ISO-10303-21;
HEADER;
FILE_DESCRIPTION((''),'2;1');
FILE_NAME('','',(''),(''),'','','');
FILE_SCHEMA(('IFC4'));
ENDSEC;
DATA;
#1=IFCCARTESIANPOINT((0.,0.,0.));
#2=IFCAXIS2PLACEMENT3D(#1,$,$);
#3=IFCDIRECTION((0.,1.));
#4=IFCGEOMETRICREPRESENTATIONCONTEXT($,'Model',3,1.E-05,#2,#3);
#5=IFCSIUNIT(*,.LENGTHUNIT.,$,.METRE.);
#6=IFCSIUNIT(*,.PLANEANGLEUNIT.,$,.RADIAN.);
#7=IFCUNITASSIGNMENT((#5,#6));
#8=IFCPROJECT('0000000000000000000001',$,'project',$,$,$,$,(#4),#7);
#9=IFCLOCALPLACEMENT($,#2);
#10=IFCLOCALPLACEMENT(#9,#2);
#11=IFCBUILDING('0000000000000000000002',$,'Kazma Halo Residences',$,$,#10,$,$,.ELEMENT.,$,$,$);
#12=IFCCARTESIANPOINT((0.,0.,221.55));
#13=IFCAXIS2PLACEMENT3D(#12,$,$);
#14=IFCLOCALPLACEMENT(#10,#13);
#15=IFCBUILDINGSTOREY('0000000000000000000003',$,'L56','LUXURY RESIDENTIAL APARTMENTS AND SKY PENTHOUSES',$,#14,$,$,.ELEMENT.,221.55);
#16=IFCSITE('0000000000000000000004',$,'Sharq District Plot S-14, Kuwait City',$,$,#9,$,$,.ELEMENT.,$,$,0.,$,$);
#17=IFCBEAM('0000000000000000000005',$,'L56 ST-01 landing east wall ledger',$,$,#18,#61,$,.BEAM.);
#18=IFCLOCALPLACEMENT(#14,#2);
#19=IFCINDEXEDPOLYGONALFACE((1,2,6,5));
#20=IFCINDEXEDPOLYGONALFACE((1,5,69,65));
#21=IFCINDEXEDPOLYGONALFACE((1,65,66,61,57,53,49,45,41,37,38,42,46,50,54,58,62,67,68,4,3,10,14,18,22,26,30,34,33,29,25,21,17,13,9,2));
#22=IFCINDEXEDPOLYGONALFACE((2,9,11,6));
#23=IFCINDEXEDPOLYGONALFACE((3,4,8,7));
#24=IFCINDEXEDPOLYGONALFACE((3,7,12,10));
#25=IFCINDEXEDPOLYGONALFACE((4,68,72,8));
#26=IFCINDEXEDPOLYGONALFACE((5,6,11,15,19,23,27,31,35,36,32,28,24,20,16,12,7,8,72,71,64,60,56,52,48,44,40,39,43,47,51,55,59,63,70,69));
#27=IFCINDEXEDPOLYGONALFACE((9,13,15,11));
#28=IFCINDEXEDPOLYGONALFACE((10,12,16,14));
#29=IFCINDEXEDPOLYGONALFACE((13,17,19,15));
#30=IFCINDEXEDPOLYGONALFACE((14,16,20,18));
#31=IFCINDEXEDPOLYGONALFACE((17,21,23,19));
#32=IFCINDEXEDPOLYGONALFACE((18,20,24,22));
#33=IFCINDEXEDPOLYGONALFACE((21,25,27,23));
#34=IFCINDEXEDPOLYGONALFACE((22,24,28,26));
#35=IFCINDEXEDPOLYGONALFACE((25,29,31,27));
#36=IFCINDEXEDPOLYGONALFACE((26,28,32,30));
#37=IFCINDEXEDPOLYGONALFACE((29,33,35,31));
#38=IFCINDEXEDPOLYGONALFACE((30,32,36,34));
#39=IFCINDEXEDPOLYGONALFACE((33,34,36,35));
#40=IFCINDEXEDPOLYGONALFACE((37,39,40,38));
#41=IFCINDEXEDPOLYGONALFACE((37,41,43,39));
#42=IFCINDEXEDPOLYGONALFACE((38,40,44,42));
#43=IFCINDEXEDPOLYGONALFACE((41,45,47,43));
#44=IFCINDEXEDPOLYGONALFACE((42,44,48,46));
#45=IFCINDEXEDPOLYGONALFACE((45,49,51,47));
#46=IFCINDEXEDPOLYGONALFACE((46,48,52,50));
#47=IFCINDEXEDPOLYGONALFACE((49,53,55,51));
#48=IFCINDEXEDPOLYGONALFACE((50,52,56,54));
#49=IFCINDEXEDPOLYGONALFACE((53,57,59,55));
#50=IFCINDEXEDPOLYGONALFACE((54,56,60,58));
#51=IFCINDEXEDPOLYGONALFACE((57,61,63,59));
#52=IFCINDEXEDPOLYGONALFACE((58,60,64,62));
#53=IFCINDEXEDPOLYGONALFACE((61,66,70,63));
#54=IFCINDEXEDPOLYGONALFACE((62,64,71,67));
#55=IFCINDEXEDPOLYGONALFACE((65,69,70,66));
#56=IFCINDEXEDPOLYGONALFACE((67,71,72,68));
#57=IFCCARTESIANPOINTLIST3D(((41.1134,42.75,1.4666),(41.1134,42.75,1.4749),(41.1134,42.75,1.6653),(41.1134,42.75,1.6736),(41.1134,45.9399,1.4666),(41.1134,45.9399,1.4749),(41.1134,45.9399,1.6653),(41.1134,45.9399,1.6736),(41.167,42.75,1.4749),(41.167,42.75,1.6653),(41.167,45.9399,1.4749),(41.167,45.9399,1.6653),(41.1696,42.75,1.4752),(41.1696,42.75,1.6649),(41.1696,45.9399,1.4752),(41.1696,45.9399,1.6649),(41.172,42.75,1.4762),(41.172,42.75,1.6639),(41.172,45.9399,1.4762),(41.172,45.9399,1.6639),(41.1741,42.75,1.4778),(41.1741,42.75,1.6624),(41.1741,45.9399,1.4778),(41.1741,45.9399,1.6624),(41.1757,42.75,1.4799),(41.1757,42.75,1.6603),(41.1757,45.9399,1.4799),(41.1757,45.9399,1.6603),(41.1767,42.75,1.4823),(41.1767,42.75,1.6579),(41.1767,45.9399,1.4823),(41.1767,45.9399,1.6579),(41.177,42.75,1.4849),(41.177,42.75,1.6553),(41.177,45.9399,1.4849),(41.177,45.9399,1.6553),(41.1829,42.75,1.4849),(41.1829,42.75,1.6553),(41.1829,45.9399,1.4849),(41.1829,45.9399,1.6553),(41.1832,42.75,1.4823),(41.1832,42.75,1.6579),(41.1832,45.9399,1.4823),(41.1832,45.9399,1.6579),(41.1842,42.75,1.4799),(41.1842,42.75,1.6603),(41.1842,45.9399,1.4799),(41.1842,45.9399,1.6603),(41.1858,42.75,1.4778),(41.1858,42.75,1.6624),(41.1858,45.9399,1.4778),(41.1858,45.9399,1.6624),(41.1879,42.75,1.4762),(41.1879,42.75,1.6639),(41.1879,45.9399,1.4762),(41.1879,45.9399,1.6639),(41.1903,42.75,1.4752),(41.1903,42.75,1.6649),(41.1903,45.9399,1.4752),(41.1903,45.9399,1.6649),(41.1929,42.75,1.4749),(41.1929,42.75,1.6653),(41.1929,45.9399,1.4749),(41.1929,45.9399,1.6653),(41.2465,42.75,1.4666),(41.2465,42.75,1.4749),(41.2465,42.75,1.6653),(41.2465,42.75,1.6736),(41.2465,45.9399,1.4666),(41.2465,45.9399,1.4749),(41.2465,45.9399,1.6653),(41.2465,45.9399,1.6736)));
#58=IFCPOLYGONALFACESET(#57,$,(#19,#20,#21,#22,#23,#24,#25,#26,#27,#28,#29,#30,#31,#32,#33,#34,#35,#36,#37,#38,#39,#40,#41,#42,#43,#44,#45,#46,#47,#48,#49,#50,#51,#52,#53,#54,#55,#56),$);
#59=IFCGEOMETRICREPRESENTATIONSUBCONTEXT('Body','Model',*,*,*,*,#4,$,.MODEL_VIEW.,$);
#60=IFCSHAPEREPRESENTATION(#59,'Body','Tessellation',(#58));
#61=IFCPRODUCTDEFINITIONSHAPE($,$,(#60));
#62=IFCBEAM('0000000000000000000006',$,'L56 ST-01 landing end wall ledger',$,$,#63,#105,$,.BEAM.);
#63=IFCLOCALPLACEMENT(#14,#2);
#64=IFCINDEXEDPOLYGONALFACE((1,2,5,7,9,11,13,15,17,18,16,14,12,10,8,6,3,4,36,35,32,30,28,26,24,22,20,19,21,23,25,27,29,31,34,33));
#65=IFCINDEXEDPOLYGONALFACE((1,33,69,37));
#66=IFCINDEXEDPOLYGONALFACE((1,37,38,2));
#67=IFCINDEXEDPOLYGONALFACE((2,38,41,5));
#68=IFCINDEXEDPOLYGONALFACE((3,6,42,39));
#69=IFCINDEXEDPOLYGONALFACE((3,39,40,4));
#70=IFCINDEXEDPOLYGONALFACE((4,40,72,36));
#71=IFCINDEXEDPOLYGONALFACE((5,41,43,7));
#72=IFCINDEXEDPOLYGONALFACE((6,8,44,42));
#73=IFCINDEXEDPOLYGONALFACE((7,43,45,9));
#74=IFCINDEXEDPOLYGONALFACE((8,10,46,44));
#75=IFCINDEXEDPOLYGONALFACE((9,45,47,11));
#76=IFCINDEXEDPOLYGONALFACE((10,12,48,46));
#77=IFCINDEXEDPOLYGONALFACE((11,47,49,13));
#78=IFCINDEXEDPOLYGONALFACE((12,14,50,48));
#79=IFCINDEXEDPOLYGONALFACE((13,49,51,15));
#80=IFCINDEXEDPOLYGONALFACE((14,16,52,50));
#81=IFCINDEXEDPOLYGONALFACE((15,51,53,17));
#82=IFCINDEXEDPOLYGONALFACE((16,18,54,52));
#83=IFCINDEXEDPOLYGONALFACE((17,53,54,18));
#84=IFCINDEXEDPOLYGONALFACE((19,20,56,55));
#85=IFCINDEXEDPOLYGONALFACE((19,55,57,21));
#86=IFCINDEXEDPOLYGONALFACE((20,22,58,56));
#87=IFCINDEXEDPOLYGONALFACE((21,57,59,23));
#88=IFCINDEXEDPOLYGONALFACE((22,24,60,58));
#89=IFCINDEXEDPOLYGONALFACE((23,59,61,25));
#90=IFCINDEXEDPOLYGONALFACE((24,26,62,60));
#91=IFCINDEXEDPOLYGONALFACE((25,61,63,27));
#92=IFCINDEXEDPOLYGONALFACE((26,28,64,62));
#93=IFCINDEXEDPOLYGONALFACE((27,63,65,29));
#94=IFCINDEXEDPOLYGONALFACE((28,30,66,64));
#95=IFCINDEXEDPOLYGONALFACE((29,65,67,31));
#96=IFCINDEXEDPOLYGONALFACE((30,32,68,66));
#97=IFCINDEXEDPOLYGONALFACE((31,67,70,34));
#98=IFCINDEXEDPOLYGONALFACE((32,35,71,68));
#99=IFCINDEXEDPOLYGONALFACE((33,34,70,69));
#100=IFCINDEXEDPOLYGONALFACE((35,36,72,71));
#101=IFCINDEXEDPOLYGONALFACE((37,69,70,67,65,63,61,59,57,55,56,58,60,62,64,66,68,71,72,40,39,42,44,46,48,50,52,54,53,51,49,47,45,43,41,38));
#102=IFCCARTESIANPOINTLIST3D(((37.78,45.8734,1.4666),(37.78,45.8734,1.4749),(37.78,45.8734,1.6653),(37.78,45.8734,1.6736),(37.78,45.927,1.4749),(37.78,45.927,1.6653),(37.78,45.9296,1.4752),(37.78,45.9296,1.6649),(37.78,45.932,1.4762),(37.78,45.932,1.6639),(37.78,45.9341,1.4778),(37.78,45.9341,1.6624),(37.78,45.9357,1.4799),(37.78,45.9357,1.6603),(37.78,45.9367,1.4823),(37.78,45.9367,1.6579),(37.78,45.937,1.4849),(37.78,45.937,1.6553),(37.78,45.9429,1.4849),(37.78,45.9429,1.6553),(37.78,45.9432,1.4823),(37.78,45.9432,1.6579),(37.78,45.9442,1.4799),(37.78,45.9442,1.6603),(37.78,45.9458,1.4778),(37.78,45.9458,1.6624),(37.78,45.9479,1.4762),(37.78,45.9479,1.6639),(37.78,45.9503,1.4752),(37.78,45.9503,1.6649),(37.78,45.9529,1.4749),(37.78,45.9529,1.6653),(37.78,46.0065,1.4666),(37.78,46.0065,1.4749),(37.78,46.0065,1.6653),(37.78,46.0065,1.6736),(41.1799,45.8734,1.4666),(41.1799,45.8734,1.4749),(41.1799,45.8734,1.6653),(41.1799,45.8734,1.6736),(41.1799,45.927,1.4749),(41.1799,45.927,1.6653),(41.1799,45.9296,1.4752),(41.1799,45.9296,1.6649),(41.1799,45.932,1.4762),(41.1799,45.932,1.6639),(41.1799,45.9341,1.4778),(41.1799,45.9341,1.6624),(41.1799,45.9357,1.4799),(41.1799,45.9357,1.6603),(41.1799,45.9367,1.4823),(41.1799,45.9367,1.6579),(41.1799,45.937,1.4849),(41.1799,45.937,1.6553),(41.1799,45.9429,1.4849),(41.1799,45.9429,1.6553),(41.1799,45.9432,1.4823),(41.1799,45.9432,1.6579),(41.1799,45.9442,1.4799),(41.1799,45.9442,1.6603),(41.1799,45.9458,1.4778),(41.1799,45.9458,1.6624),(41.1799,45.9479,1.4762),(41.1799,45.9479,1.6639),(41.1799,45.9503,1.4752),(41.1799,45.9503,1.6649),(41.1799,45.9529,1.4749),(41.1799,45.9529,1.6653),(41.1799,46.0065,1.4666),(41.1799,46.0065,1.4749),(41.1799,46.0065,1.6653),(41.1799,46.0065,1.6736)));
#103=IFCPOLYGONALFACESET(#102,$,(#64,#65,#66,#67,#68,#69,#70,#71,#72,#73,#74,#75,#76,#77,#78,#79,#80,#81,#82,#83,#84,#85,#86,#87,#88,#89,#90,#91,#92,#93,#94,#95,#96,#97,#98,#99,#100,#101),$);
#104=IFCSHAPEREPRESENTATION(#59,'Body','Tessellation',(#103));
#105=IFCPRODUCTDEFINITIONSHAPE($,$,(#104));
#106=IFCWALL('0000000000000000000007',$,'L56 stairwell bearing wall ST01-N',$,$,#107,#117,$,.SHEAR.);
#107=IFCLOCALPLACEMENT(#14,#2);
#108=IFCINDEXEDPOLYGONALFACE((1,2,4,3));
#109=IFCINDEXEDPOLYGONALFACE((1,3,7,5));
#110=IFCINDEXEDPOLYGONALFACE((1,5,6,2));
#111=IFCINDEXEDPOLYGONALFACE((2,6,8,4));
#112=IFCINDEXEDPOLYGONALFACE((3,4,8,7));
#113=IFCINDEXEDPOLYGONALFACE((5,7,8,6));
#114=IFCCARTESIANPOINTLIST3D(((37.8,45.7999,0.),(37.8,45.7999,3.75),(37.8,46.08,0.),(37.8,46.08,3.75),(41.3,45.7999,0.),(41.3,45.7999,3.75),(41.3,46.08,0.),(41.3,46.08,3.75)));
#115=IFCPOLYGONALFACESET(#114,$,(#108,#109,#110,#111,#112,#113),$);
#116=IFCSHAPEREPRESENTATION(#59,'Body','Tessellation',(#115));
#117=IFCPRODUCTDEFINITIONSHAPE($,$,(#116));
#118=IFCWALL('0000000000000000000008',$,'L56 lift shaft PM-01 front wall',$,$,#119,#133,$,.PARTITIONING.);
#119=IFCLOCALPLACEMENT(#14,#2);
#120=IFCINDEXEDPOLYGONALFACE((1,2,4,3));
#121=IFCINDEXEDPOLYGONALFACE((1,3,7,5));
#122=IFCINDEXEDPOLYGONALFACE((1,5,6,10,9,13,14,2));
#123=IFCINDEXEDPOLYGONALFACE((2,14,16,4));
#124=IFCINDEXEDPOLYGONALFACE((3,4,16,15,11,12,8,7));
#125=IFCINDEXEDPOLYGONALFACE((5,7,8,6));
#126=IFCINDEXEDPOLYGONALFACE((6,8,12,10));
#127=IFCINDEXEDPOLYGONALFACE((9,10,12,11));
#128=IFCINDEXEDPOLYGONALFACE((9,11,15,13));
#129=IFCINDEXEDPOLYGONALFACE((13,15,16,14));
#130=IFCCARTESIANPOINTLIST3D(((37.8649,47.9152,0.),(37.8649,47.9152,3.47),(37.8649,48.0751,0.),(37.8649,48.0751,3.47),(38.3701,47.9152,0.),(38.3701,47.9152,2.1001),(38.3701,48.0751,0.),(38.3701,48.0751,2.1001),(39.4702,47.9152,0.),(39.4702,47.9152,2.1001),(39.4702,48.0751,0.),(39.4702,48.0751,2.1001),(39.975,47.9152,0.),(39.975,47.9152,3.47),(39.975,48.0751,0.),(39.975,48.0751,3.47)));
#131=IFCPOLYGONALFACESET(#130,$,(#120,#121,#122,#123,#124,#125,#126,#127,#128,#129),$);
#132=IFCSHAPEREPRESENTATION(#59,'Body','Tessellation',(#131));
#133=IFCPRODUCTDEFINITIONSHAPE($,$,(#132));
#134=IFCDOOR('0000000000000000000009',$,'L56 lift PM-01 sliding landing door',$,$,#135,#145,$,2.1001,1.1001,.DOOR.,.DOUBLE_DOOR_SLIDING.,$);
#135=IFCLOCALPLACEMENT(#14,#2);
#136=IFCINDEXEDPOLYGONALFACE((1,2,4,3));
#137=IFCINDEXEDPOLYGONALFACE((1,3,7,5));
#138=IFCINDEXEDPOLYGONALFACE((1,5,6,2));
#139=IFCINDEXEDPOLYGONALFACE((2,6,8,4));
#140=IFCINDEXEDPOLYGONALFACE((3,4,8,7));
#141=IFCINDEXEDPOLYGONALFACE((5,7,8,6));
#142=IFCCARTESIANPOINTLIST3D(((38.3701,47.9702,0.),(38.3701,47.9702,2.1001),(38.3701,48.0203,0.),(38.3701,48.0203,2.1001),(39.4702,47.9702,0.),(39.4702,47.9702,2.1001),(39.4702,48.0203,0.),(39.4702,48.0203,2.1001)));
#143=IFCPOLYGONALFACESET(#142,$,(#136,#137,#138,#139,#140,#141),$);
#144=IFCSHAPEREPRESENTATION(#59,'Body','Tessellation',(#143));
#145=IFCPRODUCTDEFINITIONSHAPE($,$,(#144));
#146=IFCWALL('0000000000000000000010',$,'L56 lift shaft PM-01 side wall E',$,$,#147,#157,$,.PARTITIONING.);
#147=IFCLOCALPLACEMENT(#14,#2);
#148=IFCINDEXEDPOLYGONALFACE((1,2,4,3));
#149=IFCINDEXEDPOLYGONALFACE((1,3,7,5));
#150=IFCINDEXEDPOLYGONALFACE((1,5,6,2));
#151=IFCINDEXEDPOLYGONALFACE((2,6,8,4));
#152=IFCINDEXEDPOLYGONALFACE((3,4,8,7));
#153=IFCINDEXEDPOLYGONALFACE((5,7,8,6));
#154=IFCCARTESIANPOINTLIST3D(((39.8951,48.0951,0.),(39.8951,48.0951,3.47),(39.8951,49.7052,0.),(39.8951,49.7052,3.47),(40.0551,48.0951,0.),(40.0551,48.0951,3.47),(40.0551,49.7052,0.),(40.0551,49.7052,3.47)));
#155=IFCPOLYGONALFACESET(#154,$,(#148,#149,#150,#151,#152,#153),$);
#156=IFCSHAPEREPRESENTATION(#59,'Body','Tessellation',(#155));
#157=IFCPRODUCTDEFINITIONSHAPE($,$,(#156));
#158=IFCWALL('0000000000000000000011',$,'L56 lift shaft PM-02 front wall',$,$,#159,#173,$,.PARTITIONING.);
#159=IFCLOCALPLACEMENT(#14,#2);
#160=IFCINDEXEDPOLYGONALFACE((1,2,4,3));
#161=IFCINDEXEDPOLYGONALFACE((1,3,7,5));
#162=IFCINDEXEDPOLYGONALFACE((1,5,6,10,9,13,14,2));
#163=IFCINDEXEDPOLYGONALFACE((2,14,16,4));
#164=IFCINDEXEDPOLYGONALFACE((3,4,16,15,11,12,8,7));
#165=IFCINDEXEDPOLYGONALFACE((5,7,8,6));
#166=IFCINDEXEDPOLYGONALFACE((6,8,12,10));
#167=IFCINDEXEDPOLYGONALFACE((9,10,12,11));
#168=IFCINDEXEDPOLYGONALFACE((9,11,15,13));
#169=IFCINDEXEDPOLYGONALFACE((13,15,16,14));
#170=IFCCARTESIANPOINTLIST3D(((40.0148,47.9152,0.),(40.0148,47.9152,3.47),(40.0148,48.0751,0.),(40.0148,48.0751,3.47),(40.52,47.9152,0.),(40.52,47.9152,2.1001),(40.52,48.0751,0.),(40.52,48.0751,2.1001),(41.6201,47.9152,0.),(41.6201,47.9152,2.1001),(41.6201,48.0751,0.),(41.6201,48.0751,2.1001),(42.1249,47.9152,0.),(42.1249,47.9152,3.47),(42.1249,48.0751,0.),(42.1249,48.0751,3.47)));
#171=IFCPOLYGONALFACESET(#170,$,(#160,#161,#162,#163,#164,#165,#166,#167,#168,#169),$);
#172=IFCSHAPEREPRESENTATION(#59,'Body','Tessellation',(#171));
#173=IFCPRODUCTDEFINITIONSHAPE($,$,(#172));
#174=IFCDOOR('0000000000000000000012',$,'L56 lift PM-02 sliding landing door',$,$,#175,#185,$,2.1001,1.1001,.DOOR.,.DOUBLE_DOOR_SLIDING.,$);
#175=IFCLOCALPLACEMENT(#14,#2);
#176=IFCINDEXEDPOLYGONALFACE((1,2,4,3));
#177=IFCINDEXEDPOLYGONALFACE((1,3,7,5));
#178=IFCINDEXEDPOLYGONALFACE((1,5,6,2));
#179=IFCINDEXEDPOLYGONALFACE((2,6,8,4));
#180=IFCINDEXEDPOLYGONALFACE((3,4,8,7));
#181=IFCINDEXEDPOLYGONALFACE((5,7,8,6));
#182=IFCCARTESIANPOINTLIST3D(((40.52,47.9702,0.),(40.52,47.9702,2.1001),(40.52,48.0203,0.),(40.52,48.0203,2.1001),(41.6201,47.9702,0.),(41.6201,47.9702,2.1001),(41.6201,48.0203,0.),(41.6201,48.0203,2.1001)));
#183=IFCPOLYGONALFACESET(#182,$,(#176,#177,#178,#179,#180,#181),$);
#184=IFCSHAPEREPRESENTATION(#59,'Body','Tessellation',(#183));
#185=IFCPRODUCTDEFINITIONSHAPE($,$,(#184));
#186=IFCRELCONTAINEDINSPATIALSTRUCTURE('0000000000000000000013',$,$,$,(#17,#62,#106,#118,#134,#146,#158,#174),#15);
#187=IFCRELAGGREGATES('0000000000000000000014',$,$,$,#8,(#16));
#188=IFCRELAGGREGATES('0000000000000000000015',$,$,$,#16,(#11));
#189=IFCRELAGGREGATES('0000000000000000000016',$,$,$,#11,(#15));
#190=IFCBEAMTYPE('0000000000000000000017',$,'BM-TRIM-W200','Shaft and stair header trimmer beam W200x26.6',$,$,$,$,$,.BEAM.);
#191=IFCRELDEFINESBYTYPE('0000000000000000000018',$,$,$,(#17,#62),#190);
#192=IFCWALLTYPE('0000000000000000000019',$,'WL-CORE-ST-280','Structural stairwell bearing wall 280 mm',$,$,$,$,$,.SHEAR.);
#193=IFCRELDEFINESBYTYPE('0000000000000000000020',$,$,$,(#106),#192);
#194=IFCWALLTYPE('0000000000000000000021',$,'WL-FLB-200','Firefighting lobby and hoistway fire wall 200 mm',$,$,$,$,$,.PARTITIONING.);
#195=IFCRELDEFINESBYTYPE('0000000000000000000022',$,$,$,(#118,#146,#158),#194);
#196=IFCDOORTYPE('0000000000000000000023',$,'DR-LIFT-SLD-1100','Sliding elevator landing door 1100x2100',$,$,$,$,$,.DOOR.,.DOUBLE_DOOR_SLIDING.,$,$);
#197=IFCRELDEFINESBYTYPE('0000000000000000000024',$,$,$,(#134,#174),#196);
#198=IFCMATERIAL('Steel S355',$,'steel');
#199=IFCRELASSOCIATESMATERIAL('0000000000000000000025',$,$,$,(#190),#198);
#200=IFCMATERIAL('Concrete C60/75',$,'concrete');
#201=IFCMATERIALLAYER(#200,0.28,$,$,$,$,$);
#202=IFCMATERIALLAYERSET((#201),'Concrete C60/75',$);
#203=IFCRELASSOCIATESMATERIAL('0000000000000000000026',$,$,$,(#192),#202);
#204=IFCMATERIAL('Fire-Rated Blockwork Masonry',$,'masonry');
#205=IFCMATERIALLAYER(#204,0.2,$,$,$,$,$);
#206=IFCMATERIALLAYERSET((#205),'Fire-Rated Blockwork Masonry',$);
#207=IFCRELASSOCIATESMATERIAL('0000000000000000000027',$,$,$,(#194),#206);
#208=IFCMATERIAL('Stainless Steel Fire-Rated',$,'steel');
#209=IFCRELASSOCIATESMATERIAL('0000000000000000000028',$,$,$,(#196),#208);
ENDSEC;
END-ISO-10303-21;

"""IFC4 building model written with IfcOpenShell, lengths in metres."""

from ifc_helpers import new_model, si_unit, direction, frame, frame_2d, origin, origin_2d, place, context, subcontext, project, spatial, rectangle, i_section, extrude, material, layer, layer_set, material_profile, profile_set, type_object, element, fill, save


model = new_model("IFC4")

# Units and contexts
model_context = context("Model", 3, precision=1e-05, world=origin(), true_north=direction((0.0, 1.0)))
body_context = subcontext(model_context, "Body", "Model", "MODEL_VIEW")
ifc_project = project(units=[si_unit("LENGTHUNIT", "METRE"), si_unit("PLANEANGLEUNIT", "RADIAN")], contexts=[model_context])

# Site, building, storey
site_placement = place(None, origin())
site = spatial("IfcSite", under=ifc_project, at=site_placement, Name="Sharq District Plot S-14, Kuwait City", CompositionType="ELEMENT", RefElevation=0.0)
building_placement = place(site_placement, origin())
building = spatial("IfcBuilding", under=site, at=building_placement, Name="Kazma Halo Residences", CompositionType="ELEMENT")
storey_placement = place(building_placement, frame((0.0, 0.0, 221.55)))
storey = spatial("IfcBuildingStorey", under=building, at=storey_placement, Name="L56", Description="LUXURY RESIDENTIAL APARTMENTS AND SKY PENTHOUSES", CompositionType="ELEMENT", Elevation=221.55)

# Shared definitions
ifc_material_1 = material(Name="Steel S355", Category="steel")

# Beams
ifc_material_profile_1 = material_profile(ifc_material_1, i_section(OverallWidth=0.1331, OverallDepth=0.207, WebThickness=0.0059, FlangeThickness=0.0083, FilletRadius=0.01, at=origin_2d()), Name="W200x26.6")
ifc_profile_set_1 = profile_set([ifc_material_profile_1], Name="Steel S355")
beam_type_1 = type_object("IfcBeamType", Name="BM-TRIM-W200", Description="Shaft and stair header trimmer beam W200x26.6", PredefinedType="BEAM", material=ifc_profile_set_1)
beam_1_placement = place(storey_placement, frame((41.1799, 42.75, 1.5701), z_axis=(0.0, 1.0, 0.0), x_axis=(-1.0, 0.0, 0.0)))
element("IfcBeam", 1, at=beam_1_placement, inside=storey, type_object=beam_type_1, Name="L56 ST-01 landing east wall ledger", PredefinedType="BEAM", context=body_context, shape_type="SweptSolid", body=[
    extrude(i_section(OverallWidth=0.1331, OverallDepth=0.207, WebThickness=0.0059, FlangeThickness=0.0083, FilletRadius=0.01, at=origin_2d()), origin(), (0.0, 0.0, 1.0), 3.1899),
])
beam_2_placement = place(storey_placement, frame((37.78, 45.9399, 1.5701), z_axis=(1.0, 0.0, 0.0), x_axis=(0.0, 1.0, 0.0)))
element("IfcBeam", 2, at=beam_2_placement, inside=storey, type_object=beam_type_1, Name="L56 ST-01 landing end wall ledger", PredefinedType="BEAM", context=body_context, shape_type="SweptSolid", body=[
    extrude(i_section(OverallWidth=0.1331, OverallDepth=0.207, WebThickness=0.0059, FlangeThickness=0.0083, FilletRadius=0.01, at=origin_2d()), origin(), (0.0, 0.0, 1.0), 3.3999),
])

# Wall
ifc_material_2 = material(Name="Concrete C60/75", Category="concrete")
ifc_layer_1 = layer(ifc_material_2, 0.28)
ifc_layer_set_1 = layer_set([ifc_layer_1], Name="Concrete C60/75")
wall_type_1 = type_object("IfcWallType", Name="WL-CORE-ST-280", Description="Structural stairwell bearing wall 280 mm", PredefinedType="SHEAR", material=ifc_layer_set_1)
wall_1_placement = place(storey_placement, frame((37.8, 45.9399, 0.0), z_axis=(0.0, 0.0, 1.0), x_axis=(1.0, 0.0, 0.0)))
element("IfcWall", 3, at=wall_1_placement, inside=storey, type_object=wall_type_1, Name="L56 stairwell bearing wall ST01-N", PredefinedType="SHEAR", context=body_context, shape_type="SweptSolid", body=[
    extrude(rectangle(XDim=3.5, YDim=0.28, at=frame_2d((1.75, 0.0))), origin(), (0.0, 0.0, 1.0), 3.75),
])

# Wall, opening, door
ifc_material_3 = material(Name="Fire-Rated Blockwork Masonry", Category="masonry")
ifc_layer_2 = layer(ifc_material_3, 0.2)
ifc_layer_set_2 = layer_set([ifc_layer_2], Name="Fire-Rated Blockwork Masonry")
wall_type_2 = type_object("IfcWallType", Name="WL-FLB-200", Description="Firefighting lobby and hoistway fire wall 200 mm", PredefinedType="PARTITIONING", material=ifc_layer_set_2)
wall_2_placement = place(storey_placement, frame((39.9751, 47.9951, 0.0), z_axis=(0.0, 0.0, 1.0), x_axis=(-1.0, 0.0, 0.0)))
wall_2 = element("IfcWall", 4, at=wall_2_placement, inside=storey, type_object=wall_type_2, Name="L56 lift shaft PM-01 front wall", PredefinedType="PARTITIONING", context=body_context, shape_type="SweptSolid", body=[
    extrude(rectangle(XDim=2.1101, YDim=0.1599, at=frame_2d((1.0552, 0.0))), origin(), (0.0, 0.0, 1.0), 3.47),
])
opening_1_placement = place(wall_2_placement, frame((0.5049, 0.0, 0.0)))
opening_1 = element("IfcOpeningElement", 5, at=opening_1_placement, cuts=wall_2, PredefinedType="OPENING", context=body_context, shape_type="SweptSolid", body=[
    extrude(rectangle(XDim=1.1001, YDim=2.1001, at=frame_2d((0.55, 1.05))), frame((0.0, 0.0898, 0.0), z_axis=(0.0, -1.0, 0.0), x_axis=(1.0, 0.0, 0.0)), (0.0, 0.0, 1.0), 0.1799),
])
ifc_material_4 = material(Name="Stainless Steel Fire-Rated", Category="steel")
door_type = type_object("IfcDoorType", Name="DR-LIFT-SLD-1100", Description="Sliding elevator landing door 1100x2100", OperationType="DOUBLE_DOOR_SLIDING", PredefinedType="DOOR", material=ifc_material_4)
door_1_placement = place(opening_1_placement, origin())
door_1 = element("IfcDoor", 6, at=door_1_placement, inside=storey, type_object=door_type, Name="L56 lift PM-01 sliding landing door", OperationType="DOUBLE_DOOR_SLIDING", OverallHeight=2.1001, OverallWidth=1.1001, PredefinedType="DOOR", context=body_context, shape_type="SweptSolid", body=[
    extrude(rectangle(XDim=1.1001, YDim=2.1001, at=frame_2d((0.55, 1.05))), frame((0.0, 0.0249, 0.0), z_axis=(0.0, -1.0, 0.0), x_axis=(1.0, 0.0, 0.0)), (0.0, 0.0, 1.0), 0.05),
])
fill(opening_1, door_1)

# Wall
wall_3_placement = place(storey_placement, frame((39.9751, 48.095, 0.0), z_axis=(0.0, 0.0, 1.0), x_axis=(0.0, 1.0, 0.0)))
element("IfcWall", 7, at=wall_3_placement, inside=storey, type_object=wall_type_2, Name="L56 lift shaft PM-01 side wall E", PredefinedType="PARTITIONING", context=body_context, shape_type="SweptSolid", body=[
    extrude(rectangle(XDim=1.6101, YDim=0.1599, at=frame_2d((0.8052, 0.0))), origin(), (0.0, 0.0, 1.0), 3.47),
])

# Wall, opening, door
wall_4_placement = place(storey_placement, frame((42.125, 47.9951, 0.0), z_axis=(0.0, 0.0, 1.0), x_axis=(-1.0, 0.0, 0.0)))
wall_4 = element("IfcWall", 8, at=wall_4_placement, inside=storey, type_object=wall_type_2, Name="L56 lift shaft PM-02 front wall", PredefinedType="PARTITIONING", context=body_context, shape_type="SweptSolid", body=[
    extrude(rectangle(XDim=2.1101, YDim=0.1599, at=frame_2d((1.0552, 0.0))), origin(), (0.0, 0.0, 1.0), 3.47),
])
opening_2_placement = place(wall_4_placement, frame((0.5049, 0.0, 0.0)))
opening_2 = element("IfcOpeningElement", 9, at=opening_2_placement, cuts=wall_4, PredefinedType="OPENING", context=body_context, shape_type="SweptSolid", body=[
    extrude(rectangle(XDim=1.1001, YDim=2.1001, at=frame_2d((0.55, 1.05))), frame((0.0, 0.0898, 0.0), z_axis=(0.0, -1.0, 0.0), x_axis=(1.0, 0.0, 0.0)), (0.0, 0.0, 1.0), 0.1799),
])
door_2_placement = place(opening_2_placement, origin())
door_2 = element("IfcDoor", 10, at=door_2_placement, inside=storey, type_object=door_type, Name="L56 lift PM-02 sliding landing door", OperationType="DOUBLE_DOOR_SLIDING", OverallHeight=2.1001, OverallWidth=1.1001, PredefinedType="DOOR", context=body_context, shape_type="SweptSolid", body=[
    extrude(rectangle(XDim=1.1001, YDim=2.1001, at=frame_2d((0.55, 1.05))), frame((0.0, 0.0249, 0.0), z_axis=(0.0, -1.0, 0.0), x_axis=(1.0, 0.0, 0.0)), (0.0, 0.0, 1.0), 0.05),
])
fill(opening_2, door_2)

save(model, "model.ifc")
